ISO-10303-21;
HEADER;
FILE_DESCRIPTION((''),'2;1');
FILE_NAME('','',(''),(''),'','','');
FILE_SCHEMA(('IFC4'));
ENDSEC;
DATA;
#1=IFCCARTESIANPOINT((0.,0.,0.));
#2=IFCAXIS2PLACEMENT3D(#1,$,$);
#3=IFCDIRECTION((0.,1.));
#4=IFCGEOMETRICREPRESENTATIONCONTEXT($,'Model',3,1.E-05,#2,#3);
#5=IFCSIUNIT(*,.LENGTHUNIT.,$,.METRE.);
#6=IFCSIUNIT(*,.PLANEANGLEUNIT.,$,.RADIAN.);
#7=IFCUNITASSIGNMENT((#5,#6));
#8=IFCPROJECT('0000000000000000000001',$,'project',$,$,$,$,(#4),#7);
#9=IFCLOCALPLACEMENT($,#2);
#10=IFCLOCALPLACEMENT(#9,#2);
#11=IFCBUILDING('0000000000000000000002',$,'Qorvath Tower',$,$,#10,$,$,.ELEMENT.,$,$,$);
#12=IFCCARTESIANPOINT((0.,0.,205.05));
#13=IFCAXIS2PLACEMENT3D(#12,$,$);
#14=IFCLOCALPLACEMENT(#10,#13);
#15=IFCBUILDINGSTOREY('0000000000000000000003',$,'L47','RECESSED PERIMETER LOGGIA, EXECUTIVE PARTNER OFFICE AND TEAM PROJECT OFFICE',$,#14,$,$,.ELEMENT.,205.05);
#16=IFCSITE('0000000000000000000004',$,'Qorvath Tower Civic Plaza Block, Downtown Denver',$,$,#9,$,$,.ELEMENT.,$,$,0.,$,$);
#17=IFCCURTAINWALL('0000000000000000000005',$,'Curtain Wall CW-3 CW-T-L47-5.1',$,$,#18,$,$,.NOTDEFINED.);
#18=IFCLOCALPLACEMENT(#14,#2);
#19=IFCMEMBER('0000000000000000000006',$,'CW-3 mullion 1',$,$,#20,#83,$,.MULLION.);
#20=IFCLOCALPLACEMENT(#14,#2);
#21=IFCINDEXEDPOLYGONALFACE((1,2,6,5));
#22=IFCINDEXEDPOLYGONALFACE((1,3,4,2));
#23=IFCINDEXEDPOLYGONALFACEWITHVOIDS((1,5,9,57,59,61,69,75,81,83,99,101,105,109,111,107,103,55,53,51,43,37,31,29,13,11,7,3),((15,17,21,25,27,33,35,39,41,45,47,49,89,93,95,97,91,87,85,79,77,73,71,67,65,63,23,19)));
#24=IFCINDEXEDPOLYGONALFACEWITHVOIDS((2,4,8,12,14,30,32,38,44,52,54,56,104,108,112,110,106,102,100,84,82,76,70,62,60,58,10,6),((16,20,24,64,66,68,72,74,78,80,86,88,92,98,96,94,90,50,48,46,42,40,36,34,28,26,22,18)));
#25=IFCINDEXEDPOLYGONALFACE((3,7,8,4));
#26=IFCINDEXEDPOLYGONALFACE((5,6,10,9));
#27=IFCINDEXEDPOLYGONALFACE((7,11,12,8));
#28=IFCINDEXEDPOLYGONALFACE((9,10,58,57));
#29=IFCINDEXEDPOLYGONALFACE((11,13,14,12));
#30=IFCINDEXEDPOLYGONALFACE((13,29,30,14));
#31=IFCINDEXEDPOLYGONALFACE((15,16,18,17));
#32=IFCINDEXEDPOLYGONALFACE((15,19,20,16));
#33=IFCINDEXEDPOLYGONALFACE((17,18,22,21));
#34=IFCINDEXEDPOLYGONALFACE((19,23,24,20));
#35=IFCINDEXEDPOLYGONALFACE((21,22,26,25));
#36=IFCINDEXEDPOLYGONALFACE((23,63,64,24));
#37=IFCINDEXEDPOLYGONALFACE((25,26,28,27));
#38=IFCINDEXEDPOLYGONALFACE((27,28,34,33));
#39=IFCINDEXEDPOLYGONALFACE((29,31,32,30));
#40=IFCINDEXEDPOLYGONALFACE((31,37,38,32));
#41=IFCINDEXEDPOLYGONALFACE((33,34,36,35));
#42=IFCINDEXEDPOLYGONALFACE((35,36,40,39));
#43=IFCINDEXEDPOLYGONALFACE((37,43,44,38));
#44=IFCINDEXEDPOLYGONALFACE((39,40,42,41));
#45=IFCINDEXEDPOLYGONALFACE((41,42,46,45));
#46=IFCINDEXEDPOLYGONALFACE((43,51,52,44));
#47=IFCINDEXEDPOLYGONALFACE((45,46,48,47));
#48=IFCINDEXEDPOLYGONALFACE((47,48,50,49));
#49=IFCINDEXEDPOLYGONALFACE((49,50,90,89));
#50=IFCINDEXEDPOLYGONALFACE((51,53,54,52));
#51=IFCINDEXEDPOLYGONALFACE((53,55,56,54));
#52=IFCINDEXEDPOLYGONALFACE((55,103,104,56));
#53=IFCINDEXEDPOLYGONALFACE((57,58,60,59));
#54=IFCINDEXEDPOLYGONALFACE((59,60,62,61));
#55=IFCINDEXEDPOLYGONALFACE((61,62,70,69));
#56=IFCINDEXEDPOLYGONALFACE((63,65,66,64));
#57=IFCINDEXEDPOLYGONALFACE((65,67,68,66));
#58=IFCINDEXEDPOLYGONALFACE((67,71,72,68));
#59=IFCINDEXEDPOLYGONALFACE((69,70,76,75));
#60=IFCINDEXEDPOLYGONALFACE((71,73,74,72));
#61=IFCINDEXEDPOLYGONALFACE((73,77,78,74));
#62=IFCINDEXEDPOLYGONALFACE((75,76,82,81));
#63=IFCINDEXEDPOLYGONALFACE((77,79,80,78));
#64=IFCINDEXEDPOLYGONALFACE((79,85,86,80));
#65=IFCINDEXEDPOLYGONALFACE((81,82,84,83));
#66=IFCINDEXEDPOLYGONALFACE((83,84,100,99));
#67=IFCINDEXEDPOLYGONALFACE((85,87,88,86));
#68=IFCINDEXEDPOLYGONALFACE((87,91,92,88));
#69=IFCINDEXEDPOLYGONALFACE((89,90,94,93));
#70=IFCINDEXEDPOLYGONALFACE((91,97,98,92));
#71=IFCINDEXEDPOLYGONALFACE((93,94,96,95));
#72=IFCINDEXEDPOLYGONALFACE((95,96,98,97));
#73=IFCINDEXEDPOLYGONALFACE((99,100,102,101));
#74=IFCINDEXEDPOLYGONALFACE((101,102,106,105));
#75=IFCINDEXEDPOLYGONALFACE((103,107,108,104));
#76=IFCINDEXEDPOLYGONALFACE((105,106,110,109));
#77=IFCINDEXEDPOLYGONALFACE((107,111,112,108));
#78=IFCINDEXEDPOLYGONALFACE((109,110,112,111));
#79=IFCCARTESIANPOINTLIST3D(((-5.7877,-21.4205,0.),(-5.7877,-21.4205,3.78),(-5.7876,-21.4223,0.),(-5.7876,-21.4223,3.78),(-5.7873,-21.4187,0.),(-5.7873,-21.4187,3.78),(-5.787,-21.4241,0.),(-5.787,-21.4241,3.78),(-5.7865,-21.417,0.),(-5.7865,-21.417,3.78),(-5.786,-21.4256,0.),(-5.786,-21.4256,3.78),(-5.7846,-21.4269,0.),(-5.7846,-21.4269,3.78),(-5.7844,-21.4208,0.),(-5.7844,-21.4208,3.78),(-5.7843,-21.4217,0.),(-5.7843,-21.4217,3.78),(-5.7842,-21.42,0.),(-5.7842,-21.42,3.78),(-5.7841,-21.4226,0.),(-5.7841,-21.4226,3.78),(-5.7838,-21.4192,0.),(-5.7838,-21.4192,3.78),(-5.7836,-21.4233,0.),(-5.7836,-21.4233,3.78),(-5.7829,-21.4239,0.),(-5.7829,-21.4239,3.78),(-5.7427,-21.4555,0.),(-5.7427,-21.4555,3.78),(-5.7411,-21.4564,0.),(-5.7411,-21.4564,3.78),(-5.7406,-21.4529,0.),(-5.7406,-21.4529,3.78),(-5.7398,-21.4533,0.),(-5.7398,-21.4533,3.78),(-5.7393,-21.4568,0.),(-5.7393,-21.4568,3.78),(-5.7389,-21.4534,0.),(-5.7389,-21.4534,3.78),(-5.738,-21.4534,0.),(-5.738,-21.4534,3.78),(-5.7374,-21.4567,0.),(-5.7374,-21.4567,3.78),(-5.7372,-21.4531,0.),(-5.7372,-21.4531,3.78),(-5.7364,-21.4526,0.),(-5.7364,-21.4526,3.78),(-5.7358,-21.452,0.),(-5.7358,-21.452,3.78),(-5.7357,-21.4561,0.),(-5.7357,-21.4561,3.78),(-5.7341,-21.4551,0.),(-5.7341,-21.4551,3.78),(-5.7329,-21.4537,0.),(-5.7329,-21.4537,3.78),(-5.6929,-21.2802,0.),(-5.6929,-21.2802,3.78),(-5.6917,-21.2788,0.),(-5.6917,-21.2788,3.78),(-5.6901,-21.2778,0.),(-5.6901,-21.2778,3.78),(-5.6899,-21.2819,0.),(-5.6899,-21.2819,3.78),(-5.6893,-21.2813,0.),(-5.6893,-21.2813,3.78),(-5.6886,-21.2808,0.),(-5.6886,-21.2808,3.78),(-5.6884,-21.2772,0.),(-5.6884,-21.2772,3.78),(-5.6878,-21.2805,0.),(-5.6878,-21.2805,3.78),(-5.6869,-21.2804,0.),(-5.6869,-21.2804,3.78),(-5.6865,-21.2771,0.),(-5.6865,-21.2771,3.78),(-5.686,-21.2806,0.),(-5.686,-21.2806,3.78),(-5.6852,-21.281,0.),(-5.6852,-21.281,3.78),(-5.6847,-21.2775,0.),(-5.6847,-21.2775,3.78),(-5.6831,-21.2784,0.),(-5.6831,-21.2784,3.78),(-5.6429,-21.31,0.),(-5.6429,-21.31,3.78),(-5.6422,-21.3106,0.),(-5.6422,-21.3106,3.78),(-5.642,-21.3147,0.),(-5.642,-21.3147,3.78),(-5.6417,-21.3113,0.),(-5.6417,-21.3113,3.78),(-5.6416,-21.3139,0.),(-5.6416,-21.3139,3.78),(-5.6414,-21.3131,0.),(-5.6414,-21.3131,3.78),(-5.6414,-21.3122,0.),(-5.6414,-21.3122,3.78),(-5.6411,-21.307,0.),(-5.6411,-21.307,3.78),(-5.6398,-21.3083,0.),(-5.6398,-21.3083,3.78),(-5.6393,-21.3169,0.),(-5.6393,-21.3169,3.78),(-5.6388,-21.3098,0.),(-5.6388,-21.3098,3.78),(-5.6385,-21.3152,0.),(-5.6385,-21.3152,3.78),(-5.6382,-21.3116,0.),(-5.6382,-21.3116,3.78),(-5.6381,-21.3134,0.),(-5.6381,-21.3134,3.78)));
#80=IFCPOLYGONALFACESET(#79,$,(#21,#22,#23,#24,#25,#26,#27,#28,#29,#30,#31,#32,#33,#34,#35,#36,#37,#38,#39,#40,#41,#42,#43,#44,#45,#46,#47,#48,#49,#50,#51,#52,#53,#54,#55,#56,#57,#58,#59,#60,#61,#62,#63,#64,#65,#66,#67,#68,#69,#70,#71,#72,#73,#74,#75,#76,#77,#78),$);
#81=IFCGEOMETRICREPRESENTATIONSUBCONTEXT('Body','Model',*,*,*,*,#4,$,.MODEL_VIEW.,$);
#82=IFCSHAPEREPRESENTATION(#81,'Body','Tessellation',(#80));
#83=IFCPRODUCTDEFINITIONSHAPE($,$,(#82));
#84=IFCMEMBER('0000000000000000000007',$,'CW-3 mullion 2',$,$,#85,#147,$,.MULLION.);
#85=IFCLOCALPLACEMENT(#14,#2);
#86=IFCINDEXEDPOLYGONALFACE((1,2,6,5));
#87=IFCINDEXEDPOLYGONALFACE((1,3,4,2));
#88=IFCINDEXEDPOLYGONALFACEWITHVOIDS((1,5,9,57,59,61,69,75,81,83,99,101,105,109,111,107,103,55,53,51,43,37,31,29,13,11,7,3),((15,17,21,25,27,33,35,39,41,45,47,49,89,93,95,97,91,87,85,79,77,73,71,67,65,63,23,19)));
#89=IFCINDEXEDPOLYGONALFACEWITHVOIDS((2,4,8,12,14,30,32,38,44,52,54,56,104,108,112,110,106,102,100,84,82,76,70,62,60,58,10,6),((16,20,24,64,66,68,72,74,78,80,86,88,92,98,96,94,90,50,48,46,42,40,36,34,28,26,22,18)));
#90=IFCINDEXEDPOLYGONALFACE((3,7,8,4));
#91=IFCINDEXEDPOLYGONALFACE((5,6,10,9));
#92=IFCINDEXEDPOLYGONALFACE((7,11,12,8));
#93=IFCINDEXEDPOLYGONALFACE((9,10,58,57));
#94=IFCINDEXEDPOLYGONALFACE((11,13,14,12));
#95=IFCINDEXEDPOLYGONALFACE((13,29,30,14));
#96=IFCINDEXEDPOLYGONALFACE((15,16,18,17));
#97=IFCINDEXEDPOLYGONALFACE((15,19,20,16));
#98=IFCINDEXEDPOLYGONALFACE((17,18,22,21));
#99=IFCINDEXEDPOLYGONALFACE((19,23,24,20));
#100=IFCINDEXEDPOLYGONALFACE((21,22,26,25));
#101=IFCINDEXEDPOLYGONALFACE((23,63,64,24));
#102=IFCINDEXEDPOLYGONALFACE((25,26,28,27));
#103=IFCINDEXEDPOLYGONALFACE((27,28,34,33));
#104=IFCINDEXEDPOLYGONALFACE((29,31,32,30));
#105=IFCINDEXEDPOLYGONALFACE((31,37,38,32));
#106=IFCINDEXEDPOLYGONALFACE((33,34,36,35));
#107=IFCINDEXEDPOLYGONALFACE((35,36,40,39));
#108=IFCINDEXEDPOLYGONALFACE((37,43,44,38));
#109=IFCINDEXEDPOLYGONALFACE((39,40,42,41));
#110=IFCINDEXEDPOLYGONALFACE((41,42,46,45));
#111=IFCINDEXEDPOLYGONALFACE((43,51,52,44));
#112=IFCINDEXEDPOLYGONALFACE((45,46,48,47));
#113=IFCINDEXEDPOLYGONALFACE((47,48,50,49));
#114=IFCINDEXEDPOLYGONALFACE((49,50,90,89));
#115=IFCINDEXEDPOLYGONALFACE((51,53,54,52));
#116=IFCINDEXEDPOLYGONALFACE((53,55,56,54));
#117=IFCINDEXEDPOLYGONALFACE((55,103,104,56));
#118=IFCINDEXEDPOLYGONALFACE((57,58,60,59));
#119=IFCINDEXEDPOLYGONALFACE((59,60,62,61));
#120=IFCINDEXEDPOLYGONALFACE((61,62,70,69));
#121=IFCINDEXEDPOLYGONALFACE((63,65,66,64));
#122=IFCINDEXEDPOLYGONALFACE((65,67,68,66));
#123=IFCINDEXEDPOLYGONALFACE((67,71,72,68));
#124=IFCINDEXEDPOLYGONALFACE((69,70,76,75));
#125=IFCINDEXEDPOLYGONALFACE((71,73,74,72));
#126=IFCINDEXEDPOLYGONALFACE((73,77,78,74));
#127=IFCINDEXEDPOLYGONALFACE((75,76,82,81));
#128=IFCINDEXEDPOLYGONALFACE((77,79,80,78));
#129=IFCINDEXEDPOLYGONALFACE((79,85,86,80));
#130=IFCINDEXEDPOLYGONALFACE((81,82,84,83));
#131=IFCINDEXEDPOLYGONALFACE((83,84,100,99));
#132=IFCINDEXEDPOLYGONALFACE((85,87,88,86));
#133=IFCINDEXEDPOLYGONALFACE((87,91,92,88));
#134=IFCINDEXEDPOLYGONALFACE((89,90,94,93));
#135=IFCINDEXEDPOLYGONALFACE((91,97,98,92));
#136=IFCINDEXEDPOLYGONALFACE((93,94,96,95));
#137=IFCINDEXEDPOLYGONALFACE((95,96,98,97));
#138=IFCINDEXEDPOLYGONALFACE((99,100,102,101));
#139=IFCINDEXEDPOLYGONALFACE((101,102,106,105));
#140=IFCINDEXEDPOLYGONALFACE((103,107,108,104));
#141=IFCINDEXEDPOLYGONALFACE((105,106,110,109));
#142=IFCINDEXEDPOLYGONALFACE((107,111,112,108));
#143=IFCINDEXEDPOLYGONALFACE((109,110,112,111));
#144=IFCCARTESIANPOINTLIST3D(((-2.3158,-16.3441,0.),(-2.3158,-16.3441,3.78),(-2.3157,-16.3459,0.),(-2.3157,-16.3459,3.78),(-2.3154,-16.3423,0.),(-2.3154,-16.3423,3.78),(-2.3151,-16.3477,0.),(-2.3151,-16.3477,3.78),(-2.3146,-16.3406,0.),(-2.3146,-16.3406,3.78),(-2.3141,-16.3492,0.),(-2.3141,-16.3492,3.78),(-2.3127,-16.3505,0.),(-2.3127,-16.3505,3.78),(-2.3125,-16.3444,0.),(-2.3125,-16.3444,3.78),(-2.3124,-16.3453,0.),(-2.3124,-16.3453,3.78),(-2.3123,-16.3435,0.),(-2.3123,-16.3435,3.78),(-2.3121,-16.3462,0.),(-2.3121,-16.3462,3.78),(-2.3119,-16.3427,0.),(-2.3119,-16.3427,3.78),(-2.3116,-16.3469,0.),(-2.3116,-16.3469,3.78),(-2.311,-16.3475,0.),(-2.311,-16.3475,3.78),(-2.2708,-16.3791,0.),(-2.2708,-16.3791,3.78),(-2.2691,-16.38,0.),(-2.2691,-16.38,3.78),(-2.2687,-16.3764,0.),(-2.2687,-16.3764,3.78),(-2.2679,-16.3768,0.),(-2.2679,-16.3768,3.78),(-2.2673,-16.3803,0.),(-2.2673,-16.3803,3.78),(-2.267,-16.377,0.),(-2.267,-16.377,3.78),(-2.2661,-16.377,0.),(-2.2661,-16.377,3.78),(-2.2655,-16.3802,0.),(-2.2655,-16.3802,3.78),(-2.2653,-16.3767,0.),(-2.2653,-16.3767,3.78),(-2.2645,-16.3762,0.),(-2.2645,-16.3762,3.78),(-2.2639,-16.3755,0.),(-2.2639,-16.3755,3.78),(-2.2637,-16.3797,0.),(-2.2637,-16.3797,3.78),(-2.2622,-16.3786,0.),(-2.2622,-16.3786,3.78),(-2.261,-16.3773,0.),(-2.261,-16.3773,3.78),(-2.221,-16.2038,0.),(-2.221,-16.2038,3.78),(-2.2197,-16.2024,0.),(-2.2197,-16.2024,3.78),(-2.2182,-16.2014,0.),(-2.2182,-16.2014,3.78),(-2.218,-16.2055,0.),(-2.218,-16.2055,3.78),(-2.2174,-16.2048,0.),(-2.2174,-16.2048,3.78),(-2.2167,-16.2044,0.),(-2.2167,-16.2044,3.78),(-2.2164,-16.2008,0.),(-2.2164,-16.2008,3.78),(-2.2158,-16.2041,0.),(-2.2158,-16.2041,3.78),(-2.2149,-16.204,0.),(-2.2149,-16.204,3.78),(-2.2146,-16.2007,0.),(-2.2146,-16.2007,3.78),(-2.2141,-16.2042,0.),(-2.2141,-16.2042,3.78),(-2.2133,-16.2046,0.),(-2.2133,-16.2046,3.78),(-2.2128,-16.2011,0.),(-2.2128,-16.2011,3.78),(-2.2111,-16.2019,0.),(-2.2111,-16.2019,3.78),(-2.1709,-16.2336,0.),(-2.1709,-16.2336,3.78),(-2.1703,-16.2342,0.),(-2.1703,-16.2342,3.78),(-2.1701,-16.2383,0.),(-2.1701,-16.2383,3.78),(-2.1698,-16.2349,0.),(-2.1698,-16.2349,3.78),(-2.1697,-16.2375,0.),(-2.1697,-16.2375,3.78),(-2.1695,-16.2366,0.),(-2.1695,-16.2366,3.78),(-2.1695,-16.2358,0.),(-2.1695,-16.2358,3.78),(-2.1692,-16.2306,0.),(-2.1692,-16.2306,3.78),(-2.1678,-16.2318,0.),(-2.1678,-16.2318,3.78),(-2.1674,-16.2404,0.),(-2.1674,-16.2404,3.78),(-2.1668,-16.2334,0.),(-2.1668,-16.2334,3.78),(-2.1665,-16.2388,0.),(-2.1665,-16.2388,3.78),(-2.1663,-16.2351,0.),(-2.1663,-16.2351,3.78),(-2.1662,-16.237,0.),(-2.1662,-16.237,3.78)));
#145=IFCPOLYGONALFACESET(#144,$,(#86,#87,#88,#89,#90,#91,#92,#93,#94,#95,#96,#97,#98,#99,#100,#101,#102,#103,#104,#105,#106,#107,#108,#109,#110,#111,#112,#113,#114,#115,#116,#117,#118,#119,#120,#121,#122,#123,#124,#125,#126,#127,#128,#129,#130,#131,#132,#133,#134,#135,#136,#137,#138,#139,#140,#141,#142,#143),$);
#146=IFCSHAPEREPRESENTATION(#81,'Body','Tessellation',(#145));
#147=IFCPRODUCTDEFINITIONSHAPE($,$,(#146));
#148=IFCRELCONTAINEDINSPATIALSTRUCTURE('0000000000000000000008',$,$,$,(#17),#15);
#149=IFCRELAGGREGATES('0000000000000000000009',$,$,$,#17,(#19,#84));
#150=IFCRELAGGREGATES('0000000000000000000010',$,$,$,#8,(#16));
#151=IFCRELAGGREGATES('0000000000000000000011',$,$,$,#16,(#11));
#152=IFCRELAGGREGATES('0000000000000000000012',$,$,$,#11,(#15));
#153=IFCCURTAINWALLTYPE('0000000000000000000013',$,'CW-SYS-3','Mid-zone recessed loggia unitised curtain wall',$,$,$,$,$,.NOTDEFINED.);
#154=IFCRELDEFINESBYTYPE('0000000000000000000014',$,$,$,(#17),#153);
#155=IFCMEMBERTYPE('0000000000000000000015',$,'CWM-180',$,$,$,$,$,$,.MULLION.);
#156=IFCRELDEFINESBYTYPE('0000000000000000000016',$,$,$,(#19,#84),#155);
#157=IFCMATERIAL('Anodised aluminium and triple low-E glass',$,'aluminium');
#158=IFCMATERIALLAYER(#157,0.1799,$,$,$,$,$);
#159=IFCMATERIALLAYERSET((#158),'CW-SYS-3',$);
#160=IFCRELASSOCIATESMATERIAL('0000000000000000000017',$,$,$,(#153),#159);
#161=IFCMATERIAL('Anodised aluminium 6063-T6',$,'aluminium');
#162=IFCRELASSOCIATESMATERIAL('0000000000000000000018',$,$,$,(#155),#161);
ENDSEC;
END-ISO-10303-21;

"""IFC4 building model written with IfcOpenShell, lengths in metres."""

from ifc_helpers import new_model, si_unit, direction, frame, origin, origin_2d, place, context, subcontext, project, spatial, hollow_rectangle, extrude, material, layer, layer_set, material_profile, profile_set, type_object, element, aggregate, save


model = new_model("IFC4")

# Units and contexts
model_context = context("Model", 3, precision=1e-05, world=origin(), true_north=direction((0.0, 1.0)))
body_context = subcontext(model_context, "Body", "Model", "MODEL_VIEW")
ifc_project = project(units=[si_unit("LENGTHUNIT", "METRE"), si_unit("PLANEANGLEUNIT", "RADIAN")], contexts=[model_context])

# Site, building, storey
site_placement = place(None, origin())
site = spatial("IfcSite", under=ifc_project, at=site_placement, Name="Qorvath Tower Civic Plaza Block, Downtown Denver", CompositionType="ELEMENT", RefElevation=0.0)
building_placement = place(site_placement, origin())
building = spatial("IfcBuilding", under=site, at=building_placement, Name="Qorvath Tower", CompositionType="ELEMENT")
storey_placement = place(building_placement, frame((0.0, 0.0, 205.05)))
storey = spatial("IfcBuildingStorey", under=building, at=storey_placement, Name="L47", Description="RECESSED PERIMETER LOGGIA, EXECUTIVE PARTNER OFFICE AND TEAM PROJECT OFFICE", CompositionType="ELEMENT", Elevation=205.05)

# Shared definitions
ifc_material_1 = material(Name="Anodised aluminium and triple low-E glass", Category="aluminium")
ifc_layer_1 = layer(ifc_material_1, 0.1799)
ifc_layer_set_1 = layer_set([ifc_layer_1], Name="CW-SYS-3")
curtain_wall_type = type_object("IfcCurtainWallType", Name="CW-SYS-3", Description="Mid-zone recessed loggia unitised curtain wall", PredefinedType="NOTDEFINED", material=ifc_layer_set_1)
ifc_material_2 = material(Name="Anodised aluminium 6063-T6", Category="aluminium")
ifc_material_profile_1 = material_profile(ifc_material_2, hollow_rectangle(XDim=0.0649, YDim=0.1799, WallThickness=0.0034, InnerFilletRadius=0.0034, OuterFilletRadius=0.0071, at=origin_2d()), Name="CWM 180x65")
ifc_profile_set_1 = profile_set([ifc_material_profile_1], Name="Anodised aluminium 6063-T6")
member_type_1 = type_object("IfcMemberType", Name="CWM-180", PredefinedType="MULLION", material=ifc_profile_set_1)

# Curtain wall, members
curtain_wall_1_placement = place(storey_placement, origin())
curtain_wall_1 = element("IfcCurtainWall", 1, at=curtain_wall_1_placement, inside=storey, type_object=curtain_wall_type, Name="Curtain Wall CW-3 CW-T-L47-5.1", PredefinedType="NOTDEFINED")
member_1_placement = place(storey_placement, frame((-5.7129, -21.3669, 0.0), z_axis=(0.0, 0.0, 1.0), x_axis=(-0.825425, 0.564512, 0.0)))
member_1 = element("IfcMember", 2, at=member_1_placement, type_object=member_type_1, Name="CW-3 mullion 1", PredefinedType="MULLION", context=body_context, shape_type="SweptSolid", body=[
    extrude(hollow_rectangle(XDim=0.0649, YDim=0.1799, WallThickness=0.0034, InnerFilletRadius=0.0034, OuterFilletRadius=0.0071, at=origin_2d()), origin(), (0.0, 0.0, 1.0), 3.78),
])
member_2_placement = place(storey_placement, frame((-2.241, -16.2905, 0.0), z_axis=(0.0, 0.0, 1.0), x_axis=(-0.825425, 0.564512, 0.0)))
member_2 = element("IfcMember", 3, at=member_2_placement, type_object=member_type_1, Name="CW-3 mullion 2", PredefinedType="MULLION", context=body_context, shape_type="SweptSolid", body=[
    extrude(hollow_rectangle(XDim=0.0649, YDim=0.1799, WallThickness=0.0034, InnerFilletRadius=0.0034, OuterFilletRadius=0.0071, at=origin_2d()), origin(), (0.0, 0.0, 1.0), 3.78),
])

aggregate(curtain_wall_1, [member_1, member_2])

save(model, "model.ifc")
